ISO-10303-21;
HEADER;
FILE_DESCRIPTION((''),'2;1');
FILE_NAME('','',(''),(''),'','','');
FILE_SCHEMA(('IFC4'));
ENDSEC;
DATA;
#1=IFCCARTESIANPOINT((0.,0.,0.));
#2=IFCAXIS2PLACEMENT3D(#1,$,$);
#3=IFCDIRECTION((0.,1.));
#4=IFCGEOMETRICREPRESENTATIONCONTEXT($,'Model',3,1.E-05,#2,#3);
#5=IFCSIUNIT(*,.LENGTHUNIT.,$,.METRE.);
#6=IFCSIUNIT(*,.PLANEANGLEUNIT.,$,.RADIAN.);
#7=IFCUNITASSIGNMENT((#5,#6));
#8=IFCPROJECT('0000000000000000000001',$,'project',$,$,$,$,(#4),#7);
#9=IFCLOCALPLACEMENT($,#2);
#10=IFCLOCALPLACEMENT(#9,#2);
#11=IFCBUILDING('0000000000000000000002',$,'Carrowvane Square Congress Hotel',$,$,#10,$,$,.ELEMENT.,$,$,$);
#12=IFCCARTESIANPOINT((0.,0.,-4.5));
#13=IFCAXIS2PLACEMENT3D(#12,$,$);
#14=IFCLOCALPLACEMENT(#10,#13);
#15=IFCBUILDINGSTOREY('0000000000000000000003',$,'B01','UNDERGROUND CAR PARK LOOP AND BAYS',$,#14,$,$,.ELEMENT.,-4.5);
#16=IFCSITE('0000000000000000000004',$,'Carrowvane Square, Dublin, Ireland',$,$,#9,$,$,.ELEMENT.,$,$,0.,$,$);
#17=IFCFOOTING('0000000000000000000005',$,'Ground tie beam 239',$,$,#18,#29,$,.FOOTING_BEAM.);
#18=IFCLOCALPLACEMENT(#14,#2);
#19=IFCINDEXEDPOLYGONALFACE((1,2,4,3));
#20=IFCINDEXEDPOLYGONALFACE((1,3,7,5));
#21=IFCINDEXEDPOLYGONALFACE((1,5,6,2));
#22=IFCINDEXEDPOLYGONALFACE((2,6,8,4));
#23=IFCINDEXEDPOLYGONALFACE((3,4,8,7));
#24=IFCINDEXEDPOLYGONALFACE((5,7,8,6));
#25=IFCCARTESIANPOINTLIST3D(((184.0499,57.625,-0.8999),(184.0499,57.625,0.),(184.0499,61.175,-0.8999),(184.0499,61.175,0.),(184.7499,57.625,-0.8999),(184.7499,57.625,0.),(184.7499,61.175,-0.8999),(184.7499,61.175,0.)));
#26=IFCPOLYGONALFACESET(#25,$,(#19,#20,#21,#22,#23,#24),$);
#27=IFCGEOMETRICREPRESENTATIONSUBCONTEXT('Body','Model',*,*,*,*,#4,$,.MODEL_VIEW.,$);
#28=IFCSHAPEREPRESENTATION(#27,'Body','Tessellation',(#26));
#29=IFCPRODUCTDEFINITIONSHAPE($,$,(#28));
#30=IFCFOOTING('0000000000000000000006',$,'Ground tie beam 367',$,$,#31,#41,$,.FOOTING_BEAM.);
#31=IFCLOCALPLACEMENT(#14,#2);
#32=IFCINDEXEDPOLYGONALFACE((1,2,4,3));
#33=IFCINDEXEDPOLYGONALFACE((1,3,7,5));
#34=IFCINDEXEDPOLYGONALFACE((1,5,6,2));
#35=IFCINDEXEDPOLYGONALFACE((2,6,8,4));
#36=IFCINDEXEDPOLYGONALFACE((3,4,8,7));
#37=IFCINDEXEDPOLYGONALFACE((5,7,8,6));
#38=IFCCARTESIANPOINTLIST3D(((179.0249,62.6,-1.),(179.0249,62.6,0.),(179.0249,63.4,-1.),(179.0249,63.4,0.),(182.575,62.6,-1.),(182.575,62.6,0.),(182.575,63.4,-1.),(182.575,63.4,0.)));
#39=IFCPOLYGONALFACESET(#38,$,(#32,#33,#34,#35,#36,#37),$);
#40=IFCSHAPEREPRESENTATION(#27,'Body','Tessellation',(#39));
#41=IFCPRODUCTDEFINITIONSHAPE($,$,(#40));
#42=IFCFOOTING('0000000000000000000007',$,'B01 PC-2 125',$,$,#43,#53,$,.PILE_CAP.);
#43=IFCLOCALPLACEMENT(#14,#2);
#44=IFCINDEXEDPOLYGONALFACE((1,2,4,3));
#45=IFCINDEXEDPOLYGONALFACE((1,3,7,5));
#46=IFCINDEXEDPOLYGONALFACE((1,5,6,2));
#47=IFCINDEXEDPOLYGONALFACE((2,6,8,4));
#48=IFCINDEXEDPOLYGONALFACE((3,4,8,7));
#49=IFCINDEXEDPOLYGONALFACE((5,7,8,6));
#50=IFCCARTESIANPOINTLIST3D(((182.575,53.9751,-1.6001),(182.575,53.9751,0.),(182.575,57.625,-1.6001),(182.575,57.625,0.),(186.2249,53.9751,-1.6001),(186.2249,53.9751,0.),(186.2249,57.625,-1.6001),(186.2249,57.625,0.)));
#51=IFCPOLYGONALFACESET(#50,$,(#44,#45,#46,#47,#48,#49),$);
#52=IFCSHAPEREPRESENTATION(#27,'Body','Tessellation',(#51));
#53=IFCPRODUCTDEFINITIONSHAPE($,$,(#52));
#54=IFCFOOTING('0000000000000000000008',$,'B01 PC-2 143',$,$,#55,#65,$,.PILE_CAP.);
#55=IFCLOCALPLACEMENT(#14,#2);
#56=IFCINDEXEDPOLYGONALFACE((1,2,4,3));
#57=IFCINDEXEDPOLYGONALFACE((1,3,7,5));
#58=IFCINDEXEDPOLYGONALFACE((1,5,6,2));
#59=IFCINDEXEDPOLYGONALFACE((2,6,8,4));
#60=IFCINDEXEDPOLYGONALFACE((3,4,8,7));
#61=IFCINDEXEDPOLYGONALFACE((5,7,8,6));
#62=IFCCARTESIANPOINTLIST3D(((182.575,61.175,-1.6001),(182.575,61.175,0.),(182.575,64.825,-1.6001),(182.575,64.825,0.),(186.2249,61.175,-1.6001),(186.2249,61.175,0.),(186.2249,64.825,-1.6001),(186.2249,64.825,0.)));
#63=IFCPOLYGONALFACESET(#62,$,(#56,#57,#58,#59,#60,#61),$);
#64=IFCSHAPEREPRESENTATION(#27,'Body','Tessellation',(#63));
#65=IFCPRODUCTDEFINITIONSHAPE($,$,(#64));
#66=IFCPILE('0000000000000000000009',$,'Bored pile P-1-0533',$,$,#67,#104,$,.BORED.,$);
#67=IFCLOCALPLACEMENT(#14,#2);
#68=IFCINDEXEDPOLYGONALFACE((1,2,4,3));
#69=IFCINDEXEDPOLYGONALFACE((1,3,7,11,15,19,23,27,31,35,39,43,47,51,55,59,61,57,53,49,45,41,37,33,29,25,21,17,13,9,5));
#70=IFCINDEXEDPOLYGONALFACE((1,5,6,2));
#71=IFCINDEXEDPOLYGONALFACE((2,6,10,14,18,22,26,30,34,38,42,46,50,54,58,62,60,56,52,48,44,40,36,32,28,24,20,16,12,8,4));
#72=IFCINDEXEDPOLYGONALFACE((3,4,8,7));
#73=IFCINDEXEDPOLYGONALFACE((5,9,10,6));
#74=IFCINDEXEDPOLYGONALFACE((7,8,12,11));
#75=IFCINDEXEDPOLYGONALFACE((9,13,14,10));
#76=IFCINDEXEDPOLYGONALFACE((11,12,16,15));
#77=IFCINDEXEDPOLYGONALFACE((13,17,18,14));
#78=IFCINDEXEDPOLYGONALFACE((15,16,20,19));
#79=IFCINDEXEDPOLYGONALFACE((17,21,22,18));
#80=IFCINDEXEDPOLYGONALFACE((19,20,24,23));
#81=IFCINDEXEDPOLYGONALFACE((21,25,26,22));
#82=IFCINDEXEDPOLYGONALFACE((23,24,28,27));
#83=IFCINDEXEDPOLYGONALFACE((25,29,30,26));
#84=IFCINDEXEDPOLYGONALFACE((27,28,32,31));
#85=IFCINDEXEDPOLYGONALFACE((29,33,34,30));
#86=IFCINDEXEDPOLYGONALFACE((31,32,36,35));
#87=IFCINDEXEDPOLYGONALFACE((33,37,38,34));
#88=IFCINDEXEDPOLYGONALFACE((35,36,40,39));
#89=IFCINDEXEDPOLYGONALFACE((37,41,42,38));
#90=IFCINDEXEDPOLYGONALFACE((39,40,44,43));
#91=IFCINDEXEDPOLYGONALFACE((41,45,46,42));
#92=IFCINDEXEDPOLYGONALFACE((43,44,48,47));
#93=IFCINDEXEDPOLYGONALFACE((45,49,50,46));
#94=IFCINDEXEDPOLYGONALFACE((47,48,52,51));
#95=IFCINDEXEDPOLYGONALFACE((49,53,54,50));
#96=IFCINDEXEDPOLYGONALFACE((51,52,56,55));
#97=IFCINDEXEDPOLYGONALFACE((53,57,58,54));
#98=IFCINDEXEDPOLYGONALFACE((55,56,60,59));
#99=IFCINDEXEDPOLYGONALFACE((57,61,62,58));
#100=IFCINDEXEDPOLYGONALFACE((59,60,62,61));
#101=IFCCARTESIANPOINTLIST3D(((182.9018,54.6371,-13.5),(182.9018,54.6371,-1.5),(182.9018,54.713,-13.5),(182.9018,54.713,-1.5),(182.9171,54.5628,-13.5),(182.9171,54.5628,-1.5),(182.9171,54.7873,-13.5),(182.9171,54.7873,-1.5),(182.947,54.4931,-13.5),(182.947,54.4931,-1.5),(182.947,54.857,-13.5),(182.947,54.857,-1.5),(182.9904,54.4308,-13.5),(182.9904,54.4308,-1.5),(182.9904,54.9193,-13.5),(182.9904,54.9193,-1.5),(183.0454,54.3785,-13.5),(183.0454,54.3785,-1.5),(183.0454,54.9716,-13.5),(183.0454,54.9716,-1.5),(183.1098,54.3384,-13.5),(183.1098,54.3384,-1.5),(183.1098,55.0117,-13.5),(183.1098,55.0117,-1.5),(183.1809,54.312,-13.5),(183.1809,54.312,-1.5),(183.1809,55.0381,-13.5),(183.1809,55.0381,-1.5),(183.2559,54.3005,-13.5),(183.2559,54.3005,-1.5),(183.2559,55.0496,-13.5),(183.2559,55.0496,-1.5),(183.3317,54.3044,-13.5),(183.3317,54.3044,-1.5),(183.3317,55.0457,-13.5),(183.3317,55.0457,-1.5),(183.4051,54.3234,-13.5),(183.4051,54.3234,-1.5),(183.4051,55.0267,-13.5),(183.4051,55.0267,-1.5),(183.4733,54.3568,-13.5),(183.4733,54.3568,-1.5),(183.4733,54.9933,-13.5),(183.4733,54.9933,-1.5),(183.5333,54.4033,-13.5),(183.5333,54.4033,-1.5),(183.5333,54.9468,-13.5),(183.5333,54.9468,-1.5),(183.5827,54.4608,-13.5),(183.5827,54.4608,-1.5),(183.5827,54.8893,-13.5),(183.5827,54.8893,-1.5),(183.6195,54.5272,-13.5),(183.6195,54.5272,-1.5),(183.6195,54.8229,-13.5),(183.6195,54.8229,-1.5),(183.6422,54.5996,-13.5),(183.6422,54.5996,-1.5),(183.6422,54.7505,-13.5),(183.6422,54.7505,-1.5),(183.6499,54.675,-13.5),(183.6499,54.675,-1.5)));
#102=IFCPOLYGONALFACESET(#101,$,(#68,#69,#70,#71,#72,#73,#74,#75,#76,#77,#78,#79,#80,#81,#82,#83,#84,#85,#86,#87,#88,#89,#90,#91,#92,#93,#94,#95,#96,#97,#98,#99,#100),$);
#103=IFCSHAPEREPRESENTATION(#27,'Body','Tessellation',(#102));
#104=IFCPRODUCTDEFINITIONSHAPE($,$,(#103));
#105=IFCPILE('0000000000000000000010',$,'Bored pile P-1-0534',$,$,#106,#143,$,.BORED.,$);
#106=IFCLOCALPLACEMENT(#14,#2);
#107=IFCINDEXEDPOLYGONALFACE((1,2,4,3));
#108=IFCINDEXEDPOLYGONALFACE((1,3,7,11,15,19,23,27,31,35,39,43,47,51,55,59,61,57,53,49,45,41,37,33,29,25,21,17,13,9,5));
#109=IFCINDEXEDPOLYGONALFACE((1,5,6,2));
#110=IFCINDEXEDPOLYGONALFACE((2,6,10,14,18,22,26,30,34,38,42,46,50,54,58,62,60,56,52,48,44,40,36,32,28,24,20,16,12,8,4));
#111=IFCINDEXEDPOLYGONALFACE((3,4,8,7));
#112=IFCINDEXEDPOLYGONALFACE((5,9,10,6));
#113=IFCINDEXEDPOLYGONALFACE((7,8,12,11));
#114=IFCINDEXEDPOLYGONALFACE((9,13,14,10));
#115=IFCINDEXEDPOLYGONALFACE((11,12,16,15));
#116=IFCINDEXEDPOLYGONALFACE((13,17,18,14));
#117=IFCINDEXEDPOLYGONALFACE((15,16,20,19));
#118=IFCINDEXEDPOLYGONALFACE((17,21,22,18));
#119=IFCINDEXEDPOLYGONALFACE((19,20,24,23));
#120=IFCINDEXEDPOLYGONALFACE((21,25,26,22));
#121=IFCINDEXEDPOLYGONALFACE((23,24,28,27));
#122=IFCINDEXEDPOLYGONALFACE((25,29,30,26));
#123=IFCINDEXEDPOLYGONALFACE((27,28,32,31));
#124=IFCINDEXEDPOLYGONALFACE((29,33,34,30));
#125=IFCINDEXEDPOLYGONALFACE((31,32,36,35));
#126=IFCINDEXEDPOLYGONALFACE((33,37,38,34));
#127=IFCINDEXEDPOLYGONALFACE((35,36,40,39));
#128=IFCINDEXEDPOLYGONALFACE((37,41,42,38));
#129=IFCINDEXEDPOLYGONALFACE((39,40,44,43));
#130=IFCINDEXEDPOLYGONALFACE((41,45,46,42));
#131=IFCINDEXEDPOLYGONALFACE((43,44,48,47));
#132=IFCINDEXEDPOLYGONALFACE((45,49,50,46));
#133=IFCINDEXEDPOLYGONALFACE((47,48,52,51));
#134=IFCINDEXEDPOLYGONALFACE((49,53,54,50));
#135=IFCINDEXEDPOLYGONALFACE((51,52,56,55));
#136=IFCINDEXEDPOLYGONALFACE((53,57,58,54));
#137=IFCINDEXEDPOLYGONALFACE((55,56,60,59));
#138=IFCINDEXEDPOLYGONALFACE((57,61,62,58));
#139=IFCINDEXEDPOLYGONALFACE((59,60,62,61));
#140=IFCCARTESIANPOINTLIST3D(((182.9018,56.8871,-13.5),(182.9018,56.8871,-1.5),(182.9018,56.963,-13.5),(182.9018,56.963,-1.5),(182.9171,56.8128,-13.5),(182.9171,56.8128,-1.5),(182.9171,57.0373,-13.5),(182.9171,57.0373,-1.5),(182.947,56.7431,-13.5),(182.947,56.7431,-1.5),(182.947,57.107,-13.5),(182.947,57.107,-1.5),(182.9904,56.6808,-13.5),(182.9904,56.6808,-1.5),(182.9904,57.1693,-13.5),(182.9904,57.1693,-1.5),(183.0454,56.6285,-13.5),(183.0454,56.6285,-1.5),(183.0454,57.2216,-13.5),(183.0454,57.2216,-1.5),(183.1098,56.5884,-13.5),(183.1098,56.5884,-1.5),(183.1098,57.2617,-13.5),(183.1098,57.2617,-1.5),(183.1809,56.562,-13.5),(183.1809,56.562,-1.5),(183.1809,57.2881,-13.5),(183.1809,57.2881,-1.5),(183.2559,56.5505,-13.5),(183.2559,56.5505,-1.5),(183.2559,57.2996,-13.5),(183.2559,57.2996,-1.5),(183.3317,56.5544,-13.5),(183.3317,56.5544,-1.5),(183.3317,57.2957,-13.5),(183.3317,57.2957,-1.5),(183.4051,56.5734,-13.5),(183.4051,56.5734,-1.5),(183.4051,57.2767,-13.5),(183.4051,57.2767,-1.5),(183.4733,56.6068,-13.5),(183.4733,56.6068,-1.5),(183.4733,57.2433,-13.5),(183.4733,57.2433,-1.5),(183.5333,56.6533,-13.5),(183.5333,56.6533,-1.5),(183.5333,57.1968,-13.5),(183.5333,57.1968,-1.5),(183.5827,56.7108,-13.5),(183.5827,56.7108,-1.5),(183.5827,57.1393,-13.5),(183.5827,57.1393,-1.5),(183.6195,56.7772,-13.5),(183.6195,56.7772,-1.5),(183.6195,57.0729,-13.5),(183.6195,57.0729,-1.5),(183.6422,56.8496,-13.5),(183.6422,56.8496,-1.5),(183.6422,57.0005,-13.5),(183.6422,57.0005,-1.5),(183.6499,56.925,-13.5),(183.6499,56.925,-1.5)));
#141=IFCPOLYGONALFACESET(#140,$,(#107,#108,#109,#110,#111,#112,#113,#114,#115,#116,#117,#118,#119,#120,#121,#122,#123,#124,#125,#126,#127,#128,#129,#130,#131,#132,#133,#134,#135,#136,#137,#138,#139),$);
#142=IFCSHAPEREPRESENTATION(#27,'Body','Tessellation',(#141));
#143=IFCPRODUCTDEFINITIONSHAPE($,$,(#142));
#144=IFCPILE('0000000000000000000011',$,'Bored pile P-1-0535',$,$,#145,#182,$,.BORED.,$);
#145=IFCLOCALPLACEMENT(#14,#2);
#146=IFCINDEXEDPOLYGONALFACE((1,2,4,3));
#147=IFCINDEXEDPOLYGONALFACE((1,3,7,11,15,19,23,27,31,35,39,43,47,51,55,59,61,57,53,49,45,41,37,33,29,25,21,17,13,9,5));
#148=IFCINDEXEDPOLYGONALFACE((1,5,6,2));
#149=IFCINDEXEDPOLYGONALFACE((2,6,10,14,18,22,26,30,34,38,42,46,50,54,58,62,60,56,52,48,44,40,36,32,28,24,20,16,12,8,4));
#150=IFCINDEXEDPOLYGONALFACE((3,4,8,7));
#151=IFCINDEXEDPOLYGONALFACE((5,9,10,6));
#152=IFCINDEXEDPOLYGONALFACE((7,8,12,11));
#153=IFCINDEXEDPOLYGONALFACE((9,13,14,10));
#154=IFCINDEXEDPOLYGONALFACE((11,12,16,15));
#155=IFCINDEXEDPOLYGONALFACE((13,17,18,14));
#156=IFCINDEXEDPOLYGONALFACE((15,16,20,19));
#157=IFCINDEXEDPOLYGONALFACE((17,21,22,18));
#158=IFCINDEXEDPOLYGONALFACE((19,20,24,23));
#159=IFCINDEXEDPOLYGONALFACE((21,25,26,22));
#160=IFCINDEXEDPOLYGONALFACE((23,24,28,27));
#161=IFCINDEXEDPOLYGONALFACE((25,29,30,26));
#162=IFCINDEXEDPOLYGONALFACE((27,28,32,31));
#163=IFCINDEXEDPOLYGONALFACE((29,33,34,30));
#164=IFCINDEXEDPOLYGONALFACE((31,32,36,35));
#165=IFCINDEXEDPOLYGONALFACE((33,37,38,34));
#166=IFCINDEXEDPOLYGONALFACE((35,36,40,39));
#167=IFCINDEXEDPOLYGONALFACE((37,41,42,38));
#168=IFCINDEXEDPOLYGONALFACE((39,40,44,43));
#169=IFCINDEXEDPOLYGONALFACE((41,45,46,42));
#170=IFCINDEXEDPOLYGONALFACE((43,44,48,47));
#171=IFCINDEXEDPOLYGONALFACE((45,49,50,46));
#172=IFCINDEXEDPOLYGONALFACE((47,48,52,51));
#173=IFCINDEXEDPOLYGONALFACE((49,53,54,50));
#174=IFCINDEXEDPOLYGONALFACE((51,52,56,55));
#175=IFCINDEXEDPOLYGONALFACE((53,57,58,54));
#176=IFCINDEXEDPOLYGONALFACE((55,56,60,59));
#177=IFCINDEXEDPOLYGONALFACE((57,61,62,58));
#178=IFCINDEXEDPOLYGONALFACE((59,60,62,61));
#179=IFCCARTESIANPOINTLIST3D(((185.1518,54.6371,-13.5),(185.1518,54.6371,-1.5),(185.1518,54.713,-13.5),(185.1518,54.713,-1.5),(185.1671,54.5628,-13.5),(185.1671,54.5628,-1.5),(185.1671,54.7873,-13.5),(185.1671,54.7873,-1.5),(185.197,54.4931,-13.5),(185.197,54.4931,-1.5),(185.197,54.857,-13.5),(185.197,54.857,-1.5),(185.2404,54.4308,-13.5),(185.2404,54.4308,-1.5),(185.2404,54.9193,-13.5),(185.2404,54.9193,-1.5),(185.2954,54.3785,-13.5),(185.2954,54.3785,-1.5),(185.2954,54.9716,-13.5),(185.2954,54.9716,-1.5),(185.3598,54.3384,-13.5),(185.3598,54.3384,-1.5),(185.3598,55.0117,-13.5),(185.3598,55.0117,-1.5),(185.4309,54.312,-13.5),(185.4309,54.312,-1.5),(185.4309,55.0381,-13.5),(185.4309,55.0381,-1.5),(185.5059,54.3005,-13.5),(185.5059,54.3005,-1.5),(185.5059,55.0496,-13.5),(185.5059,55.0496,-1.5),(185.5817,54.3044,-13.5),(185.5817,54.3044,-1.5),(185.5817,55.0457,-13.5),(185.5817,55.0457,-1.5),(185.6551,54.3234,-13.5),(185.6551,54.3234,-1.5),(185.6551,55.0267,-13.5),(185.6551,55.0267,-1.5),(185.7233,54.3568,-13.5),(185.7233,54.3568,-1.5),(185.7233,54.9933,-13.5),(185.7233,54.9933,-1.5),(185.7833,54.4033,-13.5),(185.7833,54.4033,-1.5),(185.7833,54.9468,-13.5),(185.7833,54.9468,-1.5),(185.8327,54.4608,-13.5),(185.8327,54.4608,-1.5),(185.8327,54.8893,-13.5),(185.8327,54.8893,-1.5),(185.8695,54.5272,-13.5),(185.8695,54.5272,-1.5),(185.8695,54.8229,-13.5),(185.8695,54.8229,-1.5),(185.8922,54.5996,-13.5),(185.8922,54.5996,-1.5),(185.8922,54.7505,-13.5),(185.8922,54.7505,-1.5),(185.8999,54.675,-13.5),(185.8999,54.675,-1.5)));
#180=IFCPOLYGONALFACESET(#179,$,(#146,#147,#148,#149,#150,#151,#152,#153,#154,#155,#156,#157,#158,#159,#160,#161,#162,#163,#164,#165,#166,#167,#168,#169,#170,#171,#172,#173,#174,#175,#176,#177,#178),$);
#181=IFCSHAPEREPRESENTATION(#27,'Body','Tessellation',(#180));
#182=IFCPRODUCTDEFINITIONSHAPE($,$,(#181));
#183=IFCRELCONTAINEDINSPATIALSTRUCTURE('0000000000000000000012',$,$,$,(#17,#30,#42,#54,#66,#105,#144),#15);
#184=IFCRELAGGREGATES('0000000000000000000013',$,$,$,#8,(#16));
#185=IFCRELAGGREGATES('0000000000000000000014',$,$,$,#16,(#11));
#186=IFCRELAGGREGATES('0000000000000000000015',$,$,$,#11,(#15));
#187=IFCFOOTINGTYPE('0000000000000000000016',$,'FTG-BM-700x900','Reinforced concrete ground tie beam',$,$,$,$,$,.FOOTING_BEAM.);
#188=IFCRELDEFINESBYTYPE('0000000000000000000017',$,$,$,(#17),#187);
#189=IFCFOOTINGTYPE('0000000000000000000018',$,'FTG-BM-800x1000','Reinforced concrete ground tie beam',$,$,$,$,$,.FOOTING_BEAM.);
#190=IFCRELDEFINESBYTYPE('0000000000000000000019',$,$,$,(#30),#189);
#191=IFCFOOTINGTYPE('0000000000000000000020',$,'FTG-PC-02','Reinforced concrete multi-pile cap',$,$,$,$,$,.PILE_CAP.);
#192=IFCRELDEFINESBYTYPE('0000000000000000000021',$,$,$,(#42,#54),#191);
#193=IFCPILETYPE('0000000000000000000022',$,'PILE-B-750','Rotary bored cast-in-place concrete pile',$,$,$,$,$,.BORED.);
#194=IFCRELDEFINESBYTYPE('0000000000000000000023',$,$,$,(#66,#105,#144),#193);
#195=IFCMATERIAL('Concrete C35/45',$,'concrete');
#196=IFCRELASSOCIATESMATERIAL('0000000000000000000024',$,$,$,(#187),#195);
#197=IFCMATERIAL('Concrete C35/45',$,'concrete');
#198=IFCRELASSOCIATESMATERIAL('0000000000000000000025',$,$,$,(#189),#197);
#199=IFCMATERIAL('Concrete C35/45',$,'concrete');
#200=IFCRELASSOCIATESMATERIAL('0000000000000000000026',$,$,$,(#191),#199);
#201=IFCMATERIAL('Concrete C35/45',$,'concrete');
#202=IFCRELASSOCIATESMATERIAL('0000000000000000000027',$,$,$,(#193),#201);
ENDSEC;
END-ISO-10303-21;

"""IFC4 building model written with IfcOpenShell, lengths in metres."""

from ifc_helpers import new_model, si_unit, direction, frame, origin, origin_2d, place, context, subcontext, project, spatial, rectangle, circle, extrude, material, material_profile, profile_set, type_object, element, save


model = new_model("IFC4")

# Units and contexts
model_context = context("Model", 3, precision=1e-05, world=origin(), true_north=direction((0.0, 1.0)))
body_context = subcontext(model_context, "Body", "Model", "MODEL_VIEW")
ifc_project = project(units=[si_unit("LENGTHUNIT", "METRE"), si_unit("PLANEANGLEUNIT", "RADIAN")], contexts=[model_context])

# Site, building, storey
site_placement = place(None, origin())
site = spatial("IfcSite", under=ifc_project, at=site_placement, Name="Carrowvane Square, Dublin, Ireland", CompositionType="ELEMENT", RefElevation=0.0)
building_placement = place(site_placement, origin())
building = spatial("IfcBuilding", under=site, at=building_placement, Name="Carrowvane Square Congress Hotel", CompositionType="ELEMENT")
storey_placement = place(building_placement, frame((0.0, 0.0, -4.5)))
storey = spatial("IfcBuildingStorey", under=building, at=storey_placement, Name="B01", Description="UNDERGROUND CAR PARK LOOP AND BAYS", CompositionType="ELEMENT", Elevation=-4.5)

# Footings
ifc_material_1 = material(Name="Concrete C35/45", Category="concrete")
ifc_material_profile_1 = material_profile(ifc_material_1, rectangle(XDim=0.7, YDim=0.8999, at=origin_2d()), Name="RC 700x900")
ifc_profile_set_1 = profile_set([ifc_material_profile_1], Name="Concrete C35/45")
footing_type_1 = type_object("IfcFootingType", Name="FTG-BM-700x900", Description="Reinforced concrete ground tie beam", PredefinedType="FOOTING_BEAM", material=ifc_profile_set_1)
footing_1_placement = place(storey_placement, frame((184.3999, 57.625, -0.45), z_axis=(0.0, 1.0, 0.0), x_axis=(-1.0, 0.0, 0.0)))
element("IfcFooting", 1, at=footing_1_placement, inside=storey, type_object=footing_type_1, Name="Ground tie beam 239", PredefinedType="FOOTING_BEAM", context=body_context, shape_type="SweptSolid", body=[
    extrude(rectangle(XDim=0.7, YDim=0.8999, at=origin_2d()), origin(), (0.0, 0.0, 1.0), 3.55),
])
ifc_material_2 = material(Name="Concrete C35/45", Category="concrete")
ifc_material_profile_2 = material_profile(ifc_material_2, rectangle(XDim=0.8, YDim=1.0, at=origin_2d()), Name="RC 800x1000")
ifc_profile_set_2 = profile_set([ifc_material_profile_2], Name="Concrete C35/45")
footing_type_2 = type_object("IfcFootingType", Name="FTG-BM-800x1000", Description="Reinforced concrete ground tie beam", PredefinedType="FOOTING_BEAM", material=ifc_profile_set_2)
footing_2_placement = place(storey_placement, frame((179.0249, 63.0, -0.5), z_axis=(1.0, 0.0, 0.0), x_axis=(0.0, 1.0, 0.0)))
element("IfcFooting", 2, at=footing_2_placement, inside=storey, type_object=footing_type_2, Name="Ground tie beam 367", PredefinedType="FOOTING_BEAM", context=body_context, shape_type="SweptSolid", body=[
    extrude(rectangle(XDim=0.8, YDim=1.0, at=origin_2d()), origin(), (0.0, 0.0, 1.0), 3.55),
])
ifc_material_3 = material(Name="Concrete C35/45", Category="concrete")
footing_type_3 = type_object("IfcFootingType", Name="FTG-PC-02", Description="Reinforced concrete multi-pile cap", PredefinedType="PILE_CAP", material=ifc_material_3)
for number, where, z_axis, x_axis, name in (
    (3, (184.3999, 55.8, -1.6001), (0.0, 0.0, 1.0), (1.0, 0.0, 0.0), "B01 PC-2 125"),
    (4, (184.3999, 63.0, -1.6001), (0.0, 0.0, 1.0), (1.0, 0.0, 0.0), "B01 PC-2 143"),
):
    element("IfcFooting", number, at=place(storey_placement, frame(where, z_axis=z_axis, x_axis=x_axis)), inside=storey, type_object=footing_type_3, Name=name, PredefinedType="PILE_CAP", context=body_context, shape_type="SweptSolid", body=[
        extrude(rectangle(XDim=3.6499, YDim=3.6499, at=origin_2d()), origin(), (0.0, 0.0, 1.0), 1.6001),
    ])

# Piles
ifc_material_4 = material(Name="Concrete C35/45", Category="concrete")
ifc_material_profile_3 = material_profile(ifc_material_4, circle(Radius=0.375, at=origin_2d()), Name="PILE D750")
ifc_profile_set_3 = profile_set([ifc_material_profile_3], Name="Concrete C35/45")
pile_type_1 = type_object("IfcPileType", Name="PILE-B-750", Description="Rotary bored cast-in-place concrete pile", PredefinedType="BORED", material=ifc_profile_set_3)
for number, where, z_axis, x_axis, name in (
    (5, (183.2749, 54.675, -1.5), (0.0, 0.0, -1.0), (1.0, 0.0, 0.0), "Bored pile P-1-0533"),
    (6, (183.2749, 56.925, -1.5), (0.0, 0.0, -1.0), (1.0, 0.0, 0.0), "Bored pile P-1-0534"),
    (7, (185.5249, 54.675, -1.5), (0.0, 0.0, -1.0), (1.0, 0.0, 0.0), "Bored pile P-1-0535"),
):
    element("IfcPile", number, at=place(storey_placement, frame(where, z_axis=z_axis, x_axis=x_axis)), inside=storey, type_object=pile_type_1, Name=name, PredefinedType="BORED", context=body_context, shape_type="SweptSolid", body=[
        extrude(circle(Radius=0.375, at=origin_2d()), origin(), (0.0, 0.0, 1.0), 12.0),
    ])

save(model, "model.ifc")
